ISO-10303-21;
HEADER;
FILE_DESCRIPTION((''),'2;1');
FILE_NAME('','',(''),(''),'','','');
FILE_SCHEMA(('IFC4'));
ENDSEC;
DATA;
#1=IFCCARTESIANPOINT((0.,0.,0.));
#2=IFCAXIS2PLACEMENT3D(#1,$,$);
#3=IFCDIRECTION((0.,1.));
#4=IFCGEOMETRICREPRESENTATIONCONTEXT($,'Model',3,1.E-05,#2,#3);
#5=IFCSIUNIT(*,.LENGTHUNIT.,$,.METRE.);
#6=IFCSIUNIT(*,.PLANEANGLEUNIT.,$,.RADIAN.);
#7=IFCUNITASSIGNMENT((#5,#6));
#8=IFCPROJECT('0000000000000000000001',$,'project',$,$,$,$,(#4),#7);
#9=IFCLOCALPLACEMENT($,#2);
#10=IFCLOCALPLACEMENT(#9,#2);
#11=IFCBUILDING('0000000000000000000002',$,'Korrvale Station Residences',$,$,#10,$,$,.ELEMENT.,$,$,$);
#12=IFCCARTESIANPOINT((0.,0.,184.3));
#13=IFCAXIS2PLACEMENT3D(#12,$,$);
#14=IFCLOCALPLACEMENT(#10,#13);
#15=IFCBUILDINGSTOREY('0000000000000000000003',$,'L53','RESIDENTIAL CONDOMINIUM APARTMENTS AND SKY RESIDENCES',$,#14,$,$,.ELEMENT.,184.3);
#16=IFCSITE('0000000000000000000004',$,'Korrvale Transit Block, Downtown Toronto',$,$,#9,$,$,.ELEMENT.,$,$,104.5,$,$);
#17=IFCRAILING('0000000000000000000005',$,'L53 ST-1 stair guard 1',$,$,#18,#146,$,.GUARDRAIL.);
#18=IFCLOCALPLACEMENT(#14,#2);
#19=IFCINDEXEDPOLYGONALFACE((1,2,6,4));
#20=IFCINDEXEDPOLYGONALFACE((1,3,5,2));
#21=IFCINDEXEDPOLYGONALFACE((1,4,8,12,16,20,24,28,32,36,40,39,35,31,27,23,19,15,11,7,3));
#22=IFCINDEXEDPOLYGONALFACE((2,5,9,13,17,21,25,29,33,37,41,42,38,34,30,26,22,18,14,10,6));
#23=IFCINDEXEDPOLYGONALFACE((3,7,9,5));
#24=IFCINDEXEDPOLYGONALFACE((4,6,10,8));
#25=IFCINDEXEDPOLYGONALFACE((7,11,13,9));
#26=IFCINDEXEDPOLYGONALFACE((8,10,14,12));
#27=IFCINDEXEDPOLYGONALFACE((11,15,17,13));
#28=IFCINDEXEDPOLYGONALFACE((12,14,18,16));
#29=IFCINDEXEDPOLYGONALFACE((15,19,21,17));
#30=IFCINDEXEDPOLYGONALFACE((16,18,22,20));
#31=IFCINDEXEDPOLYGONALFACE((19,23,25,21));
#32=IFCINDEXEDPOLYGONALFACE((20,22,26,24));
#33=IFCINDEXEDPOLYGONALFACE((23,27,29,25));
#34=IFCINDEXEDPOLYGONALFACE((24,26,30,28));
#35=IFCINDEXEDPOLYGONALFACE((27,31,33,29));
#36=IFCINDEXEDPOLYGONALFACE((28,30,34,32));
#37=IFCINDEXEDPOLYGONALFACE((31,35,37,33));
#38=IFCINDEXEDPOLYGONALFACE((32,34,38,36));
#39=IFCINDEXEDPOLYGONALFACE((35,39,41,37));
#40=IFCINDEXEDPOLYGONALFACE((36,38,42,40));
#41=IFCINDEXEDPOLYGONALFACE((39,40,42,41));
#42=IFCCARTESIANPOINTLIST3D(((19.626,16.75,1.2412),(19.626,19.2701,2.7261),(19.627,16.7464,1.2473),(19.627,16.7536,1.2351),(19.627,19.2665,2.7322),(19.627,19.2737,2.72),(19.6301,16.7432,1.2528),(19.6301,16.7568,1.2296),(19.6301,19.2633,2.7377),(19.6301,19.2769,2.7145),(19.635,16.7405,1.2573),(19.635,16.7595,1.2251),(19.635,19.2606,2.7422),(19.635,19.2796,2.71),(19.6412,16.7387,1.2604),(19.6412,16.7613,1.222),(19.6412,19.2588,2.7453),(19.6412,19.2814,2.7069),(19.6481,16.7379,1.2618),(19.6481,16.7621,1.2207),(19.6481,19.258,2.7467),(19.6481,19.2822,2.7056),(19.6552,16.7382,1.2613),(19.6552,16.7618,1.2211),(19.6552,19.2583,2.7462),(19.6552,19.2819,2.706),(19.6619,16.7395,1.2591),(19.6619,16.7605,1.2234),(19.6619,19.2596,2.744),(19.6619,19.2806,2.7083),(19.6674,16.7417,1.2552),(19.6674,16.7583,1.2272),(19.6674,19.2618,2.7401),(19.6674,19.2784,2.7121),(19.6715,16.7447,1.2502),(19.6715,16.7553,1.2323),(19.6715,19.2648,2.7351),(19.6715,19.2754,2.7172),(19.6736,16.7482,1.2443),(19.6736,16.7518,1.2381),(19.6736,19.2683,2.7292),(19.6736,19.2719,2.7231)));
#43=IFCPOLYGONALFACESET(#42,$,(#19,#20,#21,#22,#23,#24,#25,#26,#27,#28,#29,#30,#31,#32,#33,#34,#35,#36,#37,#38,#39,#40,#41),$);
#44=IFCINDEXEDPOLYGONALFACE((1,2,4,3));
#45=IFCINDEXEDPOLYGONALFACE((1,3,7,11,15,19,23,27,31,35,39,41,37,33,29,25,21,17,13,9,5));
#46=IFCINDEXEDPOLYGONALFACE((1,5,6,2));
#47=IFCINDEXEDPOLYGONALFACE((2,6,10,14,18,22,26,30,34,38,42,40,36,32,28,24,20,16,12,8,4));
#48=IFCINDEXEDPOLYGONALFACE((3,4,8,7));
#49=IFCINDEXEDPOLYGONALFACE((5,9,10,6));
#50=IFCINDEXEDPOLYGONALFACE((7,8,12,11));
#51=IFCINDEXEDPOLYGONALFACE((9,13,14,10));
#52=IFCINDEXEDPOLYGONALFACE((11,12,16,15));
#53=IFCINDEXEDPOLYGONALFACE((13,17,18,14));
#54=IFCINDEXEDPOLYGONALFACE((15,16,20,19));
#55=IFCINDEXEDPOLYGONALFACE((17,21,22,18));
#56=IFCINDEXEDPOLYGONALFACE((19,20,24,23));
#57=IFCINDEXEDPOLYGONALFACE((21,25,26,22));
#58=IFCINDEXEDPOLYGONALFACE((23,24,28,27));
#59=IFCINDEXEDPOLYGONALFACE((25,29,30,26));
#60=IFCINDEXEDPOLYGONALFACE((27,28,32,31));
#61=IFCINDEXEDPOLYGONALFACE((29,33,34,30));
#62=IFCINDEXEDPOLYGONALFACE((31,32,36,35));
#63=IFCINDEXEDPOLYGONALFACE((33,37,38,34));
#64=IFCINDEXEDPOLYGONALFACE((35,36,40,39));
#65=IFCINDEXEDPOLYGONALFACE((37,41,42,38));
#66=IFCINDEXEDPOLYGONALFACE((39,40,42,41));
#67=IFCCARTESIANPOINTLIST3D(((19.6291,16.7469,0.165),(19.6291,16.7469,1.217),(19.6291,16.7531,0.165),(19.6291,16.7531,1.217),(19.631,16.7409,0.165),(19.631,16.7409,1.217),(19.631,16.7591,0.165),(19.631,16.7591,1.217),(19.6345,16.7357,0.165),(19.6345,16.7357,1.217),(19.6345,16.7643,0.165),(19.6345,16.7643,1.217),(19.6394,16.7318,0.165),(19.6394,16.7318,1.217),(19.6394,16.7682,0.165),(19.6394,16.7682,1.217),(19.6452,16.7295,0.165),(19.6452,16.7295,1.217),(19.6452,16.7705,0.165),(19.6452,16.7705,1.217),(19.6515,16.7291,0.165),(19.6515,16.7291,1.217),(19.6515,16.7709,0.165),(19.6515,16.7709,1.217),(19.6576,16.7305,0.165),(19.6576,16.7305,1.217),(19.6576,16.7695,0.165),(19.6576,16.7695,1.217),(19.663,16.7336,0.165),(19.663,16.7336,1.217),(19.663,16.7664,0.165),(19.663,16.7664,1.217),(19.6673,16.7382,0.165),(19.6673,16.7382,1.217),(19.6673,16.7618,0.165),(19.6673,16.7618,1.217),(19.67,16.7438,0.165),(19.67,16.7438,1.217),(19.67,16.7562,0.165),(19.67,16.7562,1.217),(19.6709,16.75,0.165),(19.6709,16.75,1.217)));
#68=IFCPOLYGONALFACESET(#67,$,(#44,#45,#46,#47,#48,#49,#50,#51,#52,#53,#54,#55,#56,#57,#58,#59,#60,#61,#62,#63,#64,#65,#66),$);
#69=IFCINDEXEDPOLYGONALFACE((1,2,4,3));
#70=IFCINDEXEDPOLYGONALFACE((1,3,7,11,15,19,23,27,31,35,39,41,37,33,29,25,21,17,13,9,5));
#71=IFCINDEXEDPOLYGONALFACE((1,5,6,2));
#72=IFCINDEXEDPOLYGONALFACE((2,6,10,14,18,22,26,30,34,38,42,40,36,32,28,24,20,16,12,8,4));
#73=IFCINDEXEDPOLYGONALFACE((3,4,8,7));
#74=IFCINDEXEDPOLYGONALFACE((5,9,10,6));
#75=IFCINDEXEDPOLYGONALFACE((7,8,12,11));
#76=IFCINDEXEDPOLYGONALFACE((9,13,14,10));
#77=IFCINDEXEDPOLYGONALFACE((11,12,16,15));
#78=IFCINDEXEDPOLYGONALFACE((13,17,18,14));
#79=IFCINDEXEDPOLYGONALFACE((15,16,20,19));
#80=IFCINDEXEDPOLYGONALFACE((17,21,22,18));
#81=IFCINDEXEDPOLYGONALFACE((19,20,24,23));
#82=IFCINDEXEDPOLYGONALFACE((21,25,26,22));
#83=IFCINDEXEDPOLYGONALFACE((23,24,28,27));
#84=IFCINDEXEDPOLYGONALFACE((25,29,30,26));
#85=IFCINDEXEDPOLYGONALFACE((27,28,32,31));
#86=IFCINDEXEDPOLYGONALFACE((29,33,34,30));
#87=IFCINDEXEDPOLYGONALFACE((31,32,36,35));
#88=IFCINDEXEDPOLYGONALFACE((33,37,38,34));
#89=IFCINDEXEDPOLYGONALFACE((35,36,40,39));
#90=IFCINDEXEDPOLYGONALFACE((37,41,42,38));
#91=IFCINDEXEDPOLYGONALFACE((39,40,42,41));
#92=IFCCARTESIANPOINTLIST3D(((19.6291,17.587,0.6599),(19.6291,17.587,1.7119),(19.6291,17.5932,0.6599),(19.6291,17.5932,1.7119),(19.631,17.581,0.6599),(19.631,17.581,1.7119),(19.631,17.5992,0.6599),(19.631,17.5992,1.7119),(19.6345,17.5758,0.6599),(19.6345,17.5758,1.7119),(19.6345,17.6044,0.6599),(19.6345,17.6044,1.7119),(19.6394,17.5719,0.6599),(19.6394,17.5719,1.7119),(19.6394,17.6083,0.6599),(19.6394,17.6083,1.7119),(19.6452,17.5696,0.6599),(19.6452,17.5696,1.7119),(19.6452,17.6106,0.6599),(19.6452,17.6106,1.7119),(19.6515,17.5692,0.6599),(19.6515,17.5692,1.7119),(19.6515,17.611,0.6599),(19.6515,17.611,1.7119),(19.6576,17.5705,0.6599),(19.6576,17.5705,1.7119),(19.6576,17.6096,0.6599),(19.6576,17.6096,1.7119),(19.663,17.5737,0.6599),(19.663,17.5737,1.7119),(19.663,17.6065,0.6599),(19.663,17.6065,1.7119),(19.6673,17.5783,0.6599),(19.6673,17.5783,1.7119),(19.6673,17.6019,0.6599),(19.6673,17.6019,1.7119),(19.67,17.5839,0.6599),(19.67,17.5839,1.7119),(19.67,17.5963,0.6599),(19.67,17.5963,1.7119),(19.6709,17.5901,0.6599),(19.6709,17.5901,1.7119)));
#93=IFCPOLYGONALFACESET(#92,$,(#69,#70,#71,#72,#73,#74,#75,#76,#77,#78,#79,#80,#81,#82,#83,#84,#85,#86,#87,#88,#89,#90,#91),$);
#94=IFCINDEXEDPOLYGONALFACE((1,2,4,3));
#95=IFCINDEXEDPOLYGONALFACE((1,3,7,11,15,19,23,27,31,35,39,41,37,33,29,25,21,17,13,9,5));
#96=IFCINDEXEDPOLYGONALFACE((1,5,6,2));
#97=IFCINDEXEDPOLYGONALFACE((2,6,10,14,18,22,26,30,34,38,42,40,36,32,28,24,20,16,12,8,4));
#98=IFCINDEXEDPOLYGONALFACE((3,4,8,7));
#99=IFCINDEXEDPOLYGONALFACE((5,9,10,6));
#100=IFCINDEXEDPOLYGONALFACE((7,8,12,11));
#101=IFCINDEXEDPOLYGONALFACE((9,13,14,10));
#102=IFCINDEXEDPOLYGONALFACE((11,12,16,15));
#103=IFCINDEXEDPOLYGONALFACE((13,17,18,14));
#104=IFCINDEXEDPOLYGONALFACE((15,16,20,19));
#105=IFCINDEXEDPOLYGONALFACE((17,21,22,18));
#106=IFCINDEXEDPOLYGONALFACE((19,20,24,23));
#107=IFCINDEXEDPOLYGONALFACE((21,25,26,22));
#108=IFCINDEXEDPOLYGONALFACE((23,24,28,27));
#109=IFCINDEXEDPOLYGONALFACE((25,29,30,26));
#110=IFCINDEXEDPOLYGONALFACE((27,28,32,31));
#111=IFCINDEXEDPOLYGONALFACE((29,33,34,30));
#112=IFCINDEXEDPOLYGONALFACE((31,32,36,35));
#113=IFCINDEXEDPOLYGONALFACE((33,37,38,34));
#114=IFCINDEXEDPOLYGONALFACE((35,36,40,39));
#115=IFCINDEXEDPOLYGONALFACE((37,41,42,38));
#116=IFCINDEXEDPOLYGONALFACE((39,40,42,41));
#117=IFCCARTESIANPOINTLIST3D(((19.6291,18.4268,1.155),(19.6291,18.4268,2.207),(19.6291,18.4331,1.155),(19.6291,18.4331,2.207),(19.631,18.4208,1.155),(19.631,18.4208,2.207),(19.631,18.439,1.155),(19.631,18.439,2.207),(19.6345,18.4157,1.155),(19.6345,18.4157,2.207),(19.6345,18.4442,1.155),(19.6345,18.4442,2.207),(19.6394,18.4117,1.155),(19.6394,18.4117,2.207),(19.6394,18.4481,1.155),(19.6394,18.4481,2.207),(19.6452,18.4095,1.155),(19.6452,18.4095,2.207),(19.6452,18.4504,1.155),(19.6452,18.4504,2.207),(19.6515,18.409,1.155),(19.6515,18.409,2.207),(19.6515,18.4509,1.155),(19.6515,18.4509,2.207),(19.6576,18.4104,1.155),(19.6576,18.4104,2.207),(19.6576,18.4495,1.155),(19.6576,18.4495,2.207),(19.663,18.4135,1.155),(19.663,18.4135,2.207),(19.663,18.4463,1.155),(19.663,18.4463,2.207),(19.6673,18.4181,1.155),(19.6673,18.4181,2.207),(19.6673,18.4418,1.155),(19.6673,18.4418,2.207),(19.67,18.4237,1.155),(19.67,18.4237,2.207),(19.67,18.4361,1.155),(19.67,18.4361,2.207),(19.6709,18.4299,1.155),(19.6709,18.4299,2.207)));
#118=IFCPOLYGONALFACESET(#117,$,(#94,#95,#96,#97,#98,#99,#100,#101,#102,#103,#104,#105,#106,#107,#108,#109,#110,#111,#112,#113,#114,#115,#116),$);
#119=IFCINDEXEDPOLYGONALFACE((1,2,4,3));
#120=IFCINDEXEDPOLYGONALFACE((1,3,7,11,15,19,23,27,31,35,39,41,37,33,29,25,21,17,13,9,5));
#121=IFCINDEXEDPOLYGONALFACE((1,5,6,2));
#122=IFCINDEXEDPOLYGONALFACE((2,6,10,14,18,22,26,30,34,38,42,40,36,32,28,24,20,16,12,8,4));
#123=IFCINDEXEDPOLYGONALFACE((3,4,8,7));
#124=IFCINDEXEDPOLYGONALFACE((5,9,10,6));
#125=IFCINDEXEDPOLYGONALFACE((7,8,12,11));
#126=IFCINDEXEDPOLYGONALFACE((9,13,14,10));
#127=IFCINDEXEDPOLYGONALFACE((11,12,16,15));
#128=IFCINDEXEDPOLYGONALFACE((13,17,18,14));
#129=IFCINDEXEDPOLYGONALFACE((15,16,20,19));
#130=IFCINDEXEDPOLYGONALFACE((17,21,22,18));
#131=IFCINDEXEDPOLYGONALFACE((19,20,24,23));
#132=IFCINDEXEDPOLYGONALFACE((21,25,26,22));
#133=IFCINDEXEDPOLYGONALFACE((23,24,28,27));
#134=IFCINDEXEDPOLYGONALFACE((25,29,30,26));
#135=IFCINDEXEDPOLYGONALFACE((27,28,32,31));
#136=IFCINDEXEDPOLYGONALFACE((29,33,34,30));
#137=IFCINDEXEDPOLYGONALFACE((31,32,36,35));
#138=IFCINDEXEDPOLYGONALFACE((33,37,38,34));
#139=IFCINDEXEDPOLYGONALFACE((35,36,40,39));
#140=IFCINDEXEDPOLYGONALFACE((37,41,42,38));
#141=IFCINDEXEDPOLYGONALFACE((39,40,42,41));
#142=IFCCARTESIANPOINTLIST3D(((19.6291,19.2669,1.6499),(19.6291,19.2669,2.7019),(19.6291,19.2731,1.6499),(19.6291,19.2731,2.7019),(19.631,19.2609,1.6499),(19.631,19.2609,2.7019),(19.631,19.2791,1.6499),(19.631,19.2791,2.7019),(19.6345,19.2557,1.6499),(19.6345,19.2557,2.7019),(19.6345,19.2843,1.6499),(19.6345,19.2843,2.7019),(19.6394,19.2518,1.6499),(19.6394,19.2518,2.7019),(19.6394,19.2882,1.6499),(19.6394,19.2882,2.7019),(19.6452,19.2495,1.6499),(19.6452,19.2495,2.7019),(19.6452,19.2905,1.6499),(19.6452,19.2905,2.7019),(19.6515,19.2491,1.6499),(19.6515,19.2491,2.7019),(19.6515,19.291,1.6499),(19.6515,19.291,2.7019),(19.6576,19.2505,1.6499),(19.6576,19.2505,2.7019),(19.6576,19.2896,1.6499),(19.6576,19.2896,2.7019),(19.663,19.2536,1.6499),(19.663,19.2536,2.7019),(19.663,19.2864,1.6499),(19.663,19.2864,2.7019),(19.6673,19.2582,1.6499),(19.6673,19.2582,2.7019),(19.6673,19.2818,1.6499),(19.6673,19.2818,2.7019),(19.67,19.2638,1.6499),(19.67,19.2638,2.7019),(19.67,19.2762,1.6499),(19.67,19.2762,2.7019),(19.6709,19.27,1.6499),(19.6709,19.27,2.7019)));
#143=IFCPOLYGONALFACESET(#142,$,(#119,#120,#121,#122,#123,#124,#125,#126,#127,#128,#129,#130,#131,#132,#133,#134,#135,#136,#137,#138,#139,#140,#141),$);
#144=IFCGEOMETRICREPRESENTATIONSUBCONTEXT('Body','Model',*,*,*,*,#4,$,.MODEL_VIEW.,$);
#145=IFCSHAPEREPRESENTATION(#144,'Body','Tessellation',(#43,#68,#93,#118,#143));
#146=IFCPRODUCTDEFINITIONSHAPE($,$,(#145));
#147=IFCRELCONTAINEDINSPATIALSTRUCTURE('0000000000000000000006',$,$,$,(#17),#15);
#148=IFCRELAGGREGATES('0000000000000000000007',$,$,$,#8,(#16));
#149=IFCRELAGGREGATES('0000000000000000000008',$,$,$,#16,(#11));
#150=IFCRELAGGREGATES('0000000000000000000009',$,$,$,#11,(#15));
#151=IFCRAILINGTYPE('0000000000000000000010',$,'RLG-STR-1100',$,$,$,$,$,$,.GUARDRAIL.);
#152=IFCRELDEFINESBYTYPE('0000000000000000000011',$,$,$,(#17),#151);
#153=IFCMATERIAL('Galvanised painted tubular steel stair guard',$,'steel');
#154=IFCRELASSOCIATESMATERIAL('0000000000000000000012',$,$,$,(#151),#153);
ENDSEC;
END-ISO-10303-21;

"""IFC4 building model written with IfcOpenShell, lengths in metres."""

from ifc_helpers import new_model, si_unit, direction, frame, origin, origin_2d, place, context, subcontext, project, spatial, circle, extrude, material, type_object, element, save


model = new_model("IFC4")

# Units and contexts
model_context = context("Model", 3, precision=1e-05, world=origin(), true_north=direction((0.0, 1.0)))
body_context = subcontext(model_context, "Body", "Model", "MODEL_VIEW")
ifc_project = project(units=[si_unit("LENGTHUNIT", "METRE"), si_unit("PLANEANGLEUNIT", "RADIAN")], contexts=[model_context])

# Site, building, storey
site_placement = place(None, origin())
site = spatial("IfcSite", under=ifc_project, at=site_placement, Name="Korrvale Transit Block, Downtown Toronto", CompositionType="ELEMENT", RefElevation=104.5)
building_placement = place(site_placement, origin())
building = spatial("IfcBuilding", under=site, at=building_placement, Name="Korrvale Station Residences", CompositionType="ELEMENT")
storey_placement = place(building_placement, frame((0.0, 0.0, 184.3)))
storey = spatial("IfcBuildingStorey", under=building, at=storey_placement, Name="L53", Description="RESIDENTIAL CONDOMINIUM APARTMENTS AND SKY RESIDENCES", CompositionType="ELEMENT", Elevation=184.3)

# Railing
ifc_material_1 = material(Name="Galvanised painted tubular steel stair guard", Category="steel")
railing_type_1 = type_object("IfcRailingType", Name="RLG-STR-1100", PredefinedType="GUARDRAIL", material=ifc_material_1)
railing_1_placement = place(storey_placement, frame((19.6499, 16.75, 0.165)))
element("IfcRailing", 1, at=railing_1_placement, inside=storey, type_object=railing_type_1, Name="L53 ST-1 stair guard 1", PredefinedType="GUARDRAIL", context=body_context, shape_type="SweptSolid", body=[
    extrude(circle(Radius=0.0239, at=origin_2d()), frame((0.0, 0.0, 1.0762), z_axis=(0.0, 0.861561, 0.507655), x_axis=(-1.0, 0.0, 0.0)), (0.0, 0.0, 1.0), 2.925),
    extrude(circle(Radius=0.021, at=origin_2d()), origin(), (0.0, 0.0, 1.0), 1.052),
    extrude(circle(Radius=0.021, at=origin_2d()), frame((0.0, 0.8401, 0.4949)), (0.0, 0.0, 1.0), 1.052),
    extrude(circle(Radius=0.021, at=origin_2d()), frame((0.0, 1.6799, 0.99)), (0.0, 0.0, 1.0), 1.052),
    extrude(circle(Radius=0.021, at=origin_2d()), frame((0.0, 2.52, 1.4849)), (0.0, 0.0, 1.0), 1.052),
])

save(model, "model.ifc")
